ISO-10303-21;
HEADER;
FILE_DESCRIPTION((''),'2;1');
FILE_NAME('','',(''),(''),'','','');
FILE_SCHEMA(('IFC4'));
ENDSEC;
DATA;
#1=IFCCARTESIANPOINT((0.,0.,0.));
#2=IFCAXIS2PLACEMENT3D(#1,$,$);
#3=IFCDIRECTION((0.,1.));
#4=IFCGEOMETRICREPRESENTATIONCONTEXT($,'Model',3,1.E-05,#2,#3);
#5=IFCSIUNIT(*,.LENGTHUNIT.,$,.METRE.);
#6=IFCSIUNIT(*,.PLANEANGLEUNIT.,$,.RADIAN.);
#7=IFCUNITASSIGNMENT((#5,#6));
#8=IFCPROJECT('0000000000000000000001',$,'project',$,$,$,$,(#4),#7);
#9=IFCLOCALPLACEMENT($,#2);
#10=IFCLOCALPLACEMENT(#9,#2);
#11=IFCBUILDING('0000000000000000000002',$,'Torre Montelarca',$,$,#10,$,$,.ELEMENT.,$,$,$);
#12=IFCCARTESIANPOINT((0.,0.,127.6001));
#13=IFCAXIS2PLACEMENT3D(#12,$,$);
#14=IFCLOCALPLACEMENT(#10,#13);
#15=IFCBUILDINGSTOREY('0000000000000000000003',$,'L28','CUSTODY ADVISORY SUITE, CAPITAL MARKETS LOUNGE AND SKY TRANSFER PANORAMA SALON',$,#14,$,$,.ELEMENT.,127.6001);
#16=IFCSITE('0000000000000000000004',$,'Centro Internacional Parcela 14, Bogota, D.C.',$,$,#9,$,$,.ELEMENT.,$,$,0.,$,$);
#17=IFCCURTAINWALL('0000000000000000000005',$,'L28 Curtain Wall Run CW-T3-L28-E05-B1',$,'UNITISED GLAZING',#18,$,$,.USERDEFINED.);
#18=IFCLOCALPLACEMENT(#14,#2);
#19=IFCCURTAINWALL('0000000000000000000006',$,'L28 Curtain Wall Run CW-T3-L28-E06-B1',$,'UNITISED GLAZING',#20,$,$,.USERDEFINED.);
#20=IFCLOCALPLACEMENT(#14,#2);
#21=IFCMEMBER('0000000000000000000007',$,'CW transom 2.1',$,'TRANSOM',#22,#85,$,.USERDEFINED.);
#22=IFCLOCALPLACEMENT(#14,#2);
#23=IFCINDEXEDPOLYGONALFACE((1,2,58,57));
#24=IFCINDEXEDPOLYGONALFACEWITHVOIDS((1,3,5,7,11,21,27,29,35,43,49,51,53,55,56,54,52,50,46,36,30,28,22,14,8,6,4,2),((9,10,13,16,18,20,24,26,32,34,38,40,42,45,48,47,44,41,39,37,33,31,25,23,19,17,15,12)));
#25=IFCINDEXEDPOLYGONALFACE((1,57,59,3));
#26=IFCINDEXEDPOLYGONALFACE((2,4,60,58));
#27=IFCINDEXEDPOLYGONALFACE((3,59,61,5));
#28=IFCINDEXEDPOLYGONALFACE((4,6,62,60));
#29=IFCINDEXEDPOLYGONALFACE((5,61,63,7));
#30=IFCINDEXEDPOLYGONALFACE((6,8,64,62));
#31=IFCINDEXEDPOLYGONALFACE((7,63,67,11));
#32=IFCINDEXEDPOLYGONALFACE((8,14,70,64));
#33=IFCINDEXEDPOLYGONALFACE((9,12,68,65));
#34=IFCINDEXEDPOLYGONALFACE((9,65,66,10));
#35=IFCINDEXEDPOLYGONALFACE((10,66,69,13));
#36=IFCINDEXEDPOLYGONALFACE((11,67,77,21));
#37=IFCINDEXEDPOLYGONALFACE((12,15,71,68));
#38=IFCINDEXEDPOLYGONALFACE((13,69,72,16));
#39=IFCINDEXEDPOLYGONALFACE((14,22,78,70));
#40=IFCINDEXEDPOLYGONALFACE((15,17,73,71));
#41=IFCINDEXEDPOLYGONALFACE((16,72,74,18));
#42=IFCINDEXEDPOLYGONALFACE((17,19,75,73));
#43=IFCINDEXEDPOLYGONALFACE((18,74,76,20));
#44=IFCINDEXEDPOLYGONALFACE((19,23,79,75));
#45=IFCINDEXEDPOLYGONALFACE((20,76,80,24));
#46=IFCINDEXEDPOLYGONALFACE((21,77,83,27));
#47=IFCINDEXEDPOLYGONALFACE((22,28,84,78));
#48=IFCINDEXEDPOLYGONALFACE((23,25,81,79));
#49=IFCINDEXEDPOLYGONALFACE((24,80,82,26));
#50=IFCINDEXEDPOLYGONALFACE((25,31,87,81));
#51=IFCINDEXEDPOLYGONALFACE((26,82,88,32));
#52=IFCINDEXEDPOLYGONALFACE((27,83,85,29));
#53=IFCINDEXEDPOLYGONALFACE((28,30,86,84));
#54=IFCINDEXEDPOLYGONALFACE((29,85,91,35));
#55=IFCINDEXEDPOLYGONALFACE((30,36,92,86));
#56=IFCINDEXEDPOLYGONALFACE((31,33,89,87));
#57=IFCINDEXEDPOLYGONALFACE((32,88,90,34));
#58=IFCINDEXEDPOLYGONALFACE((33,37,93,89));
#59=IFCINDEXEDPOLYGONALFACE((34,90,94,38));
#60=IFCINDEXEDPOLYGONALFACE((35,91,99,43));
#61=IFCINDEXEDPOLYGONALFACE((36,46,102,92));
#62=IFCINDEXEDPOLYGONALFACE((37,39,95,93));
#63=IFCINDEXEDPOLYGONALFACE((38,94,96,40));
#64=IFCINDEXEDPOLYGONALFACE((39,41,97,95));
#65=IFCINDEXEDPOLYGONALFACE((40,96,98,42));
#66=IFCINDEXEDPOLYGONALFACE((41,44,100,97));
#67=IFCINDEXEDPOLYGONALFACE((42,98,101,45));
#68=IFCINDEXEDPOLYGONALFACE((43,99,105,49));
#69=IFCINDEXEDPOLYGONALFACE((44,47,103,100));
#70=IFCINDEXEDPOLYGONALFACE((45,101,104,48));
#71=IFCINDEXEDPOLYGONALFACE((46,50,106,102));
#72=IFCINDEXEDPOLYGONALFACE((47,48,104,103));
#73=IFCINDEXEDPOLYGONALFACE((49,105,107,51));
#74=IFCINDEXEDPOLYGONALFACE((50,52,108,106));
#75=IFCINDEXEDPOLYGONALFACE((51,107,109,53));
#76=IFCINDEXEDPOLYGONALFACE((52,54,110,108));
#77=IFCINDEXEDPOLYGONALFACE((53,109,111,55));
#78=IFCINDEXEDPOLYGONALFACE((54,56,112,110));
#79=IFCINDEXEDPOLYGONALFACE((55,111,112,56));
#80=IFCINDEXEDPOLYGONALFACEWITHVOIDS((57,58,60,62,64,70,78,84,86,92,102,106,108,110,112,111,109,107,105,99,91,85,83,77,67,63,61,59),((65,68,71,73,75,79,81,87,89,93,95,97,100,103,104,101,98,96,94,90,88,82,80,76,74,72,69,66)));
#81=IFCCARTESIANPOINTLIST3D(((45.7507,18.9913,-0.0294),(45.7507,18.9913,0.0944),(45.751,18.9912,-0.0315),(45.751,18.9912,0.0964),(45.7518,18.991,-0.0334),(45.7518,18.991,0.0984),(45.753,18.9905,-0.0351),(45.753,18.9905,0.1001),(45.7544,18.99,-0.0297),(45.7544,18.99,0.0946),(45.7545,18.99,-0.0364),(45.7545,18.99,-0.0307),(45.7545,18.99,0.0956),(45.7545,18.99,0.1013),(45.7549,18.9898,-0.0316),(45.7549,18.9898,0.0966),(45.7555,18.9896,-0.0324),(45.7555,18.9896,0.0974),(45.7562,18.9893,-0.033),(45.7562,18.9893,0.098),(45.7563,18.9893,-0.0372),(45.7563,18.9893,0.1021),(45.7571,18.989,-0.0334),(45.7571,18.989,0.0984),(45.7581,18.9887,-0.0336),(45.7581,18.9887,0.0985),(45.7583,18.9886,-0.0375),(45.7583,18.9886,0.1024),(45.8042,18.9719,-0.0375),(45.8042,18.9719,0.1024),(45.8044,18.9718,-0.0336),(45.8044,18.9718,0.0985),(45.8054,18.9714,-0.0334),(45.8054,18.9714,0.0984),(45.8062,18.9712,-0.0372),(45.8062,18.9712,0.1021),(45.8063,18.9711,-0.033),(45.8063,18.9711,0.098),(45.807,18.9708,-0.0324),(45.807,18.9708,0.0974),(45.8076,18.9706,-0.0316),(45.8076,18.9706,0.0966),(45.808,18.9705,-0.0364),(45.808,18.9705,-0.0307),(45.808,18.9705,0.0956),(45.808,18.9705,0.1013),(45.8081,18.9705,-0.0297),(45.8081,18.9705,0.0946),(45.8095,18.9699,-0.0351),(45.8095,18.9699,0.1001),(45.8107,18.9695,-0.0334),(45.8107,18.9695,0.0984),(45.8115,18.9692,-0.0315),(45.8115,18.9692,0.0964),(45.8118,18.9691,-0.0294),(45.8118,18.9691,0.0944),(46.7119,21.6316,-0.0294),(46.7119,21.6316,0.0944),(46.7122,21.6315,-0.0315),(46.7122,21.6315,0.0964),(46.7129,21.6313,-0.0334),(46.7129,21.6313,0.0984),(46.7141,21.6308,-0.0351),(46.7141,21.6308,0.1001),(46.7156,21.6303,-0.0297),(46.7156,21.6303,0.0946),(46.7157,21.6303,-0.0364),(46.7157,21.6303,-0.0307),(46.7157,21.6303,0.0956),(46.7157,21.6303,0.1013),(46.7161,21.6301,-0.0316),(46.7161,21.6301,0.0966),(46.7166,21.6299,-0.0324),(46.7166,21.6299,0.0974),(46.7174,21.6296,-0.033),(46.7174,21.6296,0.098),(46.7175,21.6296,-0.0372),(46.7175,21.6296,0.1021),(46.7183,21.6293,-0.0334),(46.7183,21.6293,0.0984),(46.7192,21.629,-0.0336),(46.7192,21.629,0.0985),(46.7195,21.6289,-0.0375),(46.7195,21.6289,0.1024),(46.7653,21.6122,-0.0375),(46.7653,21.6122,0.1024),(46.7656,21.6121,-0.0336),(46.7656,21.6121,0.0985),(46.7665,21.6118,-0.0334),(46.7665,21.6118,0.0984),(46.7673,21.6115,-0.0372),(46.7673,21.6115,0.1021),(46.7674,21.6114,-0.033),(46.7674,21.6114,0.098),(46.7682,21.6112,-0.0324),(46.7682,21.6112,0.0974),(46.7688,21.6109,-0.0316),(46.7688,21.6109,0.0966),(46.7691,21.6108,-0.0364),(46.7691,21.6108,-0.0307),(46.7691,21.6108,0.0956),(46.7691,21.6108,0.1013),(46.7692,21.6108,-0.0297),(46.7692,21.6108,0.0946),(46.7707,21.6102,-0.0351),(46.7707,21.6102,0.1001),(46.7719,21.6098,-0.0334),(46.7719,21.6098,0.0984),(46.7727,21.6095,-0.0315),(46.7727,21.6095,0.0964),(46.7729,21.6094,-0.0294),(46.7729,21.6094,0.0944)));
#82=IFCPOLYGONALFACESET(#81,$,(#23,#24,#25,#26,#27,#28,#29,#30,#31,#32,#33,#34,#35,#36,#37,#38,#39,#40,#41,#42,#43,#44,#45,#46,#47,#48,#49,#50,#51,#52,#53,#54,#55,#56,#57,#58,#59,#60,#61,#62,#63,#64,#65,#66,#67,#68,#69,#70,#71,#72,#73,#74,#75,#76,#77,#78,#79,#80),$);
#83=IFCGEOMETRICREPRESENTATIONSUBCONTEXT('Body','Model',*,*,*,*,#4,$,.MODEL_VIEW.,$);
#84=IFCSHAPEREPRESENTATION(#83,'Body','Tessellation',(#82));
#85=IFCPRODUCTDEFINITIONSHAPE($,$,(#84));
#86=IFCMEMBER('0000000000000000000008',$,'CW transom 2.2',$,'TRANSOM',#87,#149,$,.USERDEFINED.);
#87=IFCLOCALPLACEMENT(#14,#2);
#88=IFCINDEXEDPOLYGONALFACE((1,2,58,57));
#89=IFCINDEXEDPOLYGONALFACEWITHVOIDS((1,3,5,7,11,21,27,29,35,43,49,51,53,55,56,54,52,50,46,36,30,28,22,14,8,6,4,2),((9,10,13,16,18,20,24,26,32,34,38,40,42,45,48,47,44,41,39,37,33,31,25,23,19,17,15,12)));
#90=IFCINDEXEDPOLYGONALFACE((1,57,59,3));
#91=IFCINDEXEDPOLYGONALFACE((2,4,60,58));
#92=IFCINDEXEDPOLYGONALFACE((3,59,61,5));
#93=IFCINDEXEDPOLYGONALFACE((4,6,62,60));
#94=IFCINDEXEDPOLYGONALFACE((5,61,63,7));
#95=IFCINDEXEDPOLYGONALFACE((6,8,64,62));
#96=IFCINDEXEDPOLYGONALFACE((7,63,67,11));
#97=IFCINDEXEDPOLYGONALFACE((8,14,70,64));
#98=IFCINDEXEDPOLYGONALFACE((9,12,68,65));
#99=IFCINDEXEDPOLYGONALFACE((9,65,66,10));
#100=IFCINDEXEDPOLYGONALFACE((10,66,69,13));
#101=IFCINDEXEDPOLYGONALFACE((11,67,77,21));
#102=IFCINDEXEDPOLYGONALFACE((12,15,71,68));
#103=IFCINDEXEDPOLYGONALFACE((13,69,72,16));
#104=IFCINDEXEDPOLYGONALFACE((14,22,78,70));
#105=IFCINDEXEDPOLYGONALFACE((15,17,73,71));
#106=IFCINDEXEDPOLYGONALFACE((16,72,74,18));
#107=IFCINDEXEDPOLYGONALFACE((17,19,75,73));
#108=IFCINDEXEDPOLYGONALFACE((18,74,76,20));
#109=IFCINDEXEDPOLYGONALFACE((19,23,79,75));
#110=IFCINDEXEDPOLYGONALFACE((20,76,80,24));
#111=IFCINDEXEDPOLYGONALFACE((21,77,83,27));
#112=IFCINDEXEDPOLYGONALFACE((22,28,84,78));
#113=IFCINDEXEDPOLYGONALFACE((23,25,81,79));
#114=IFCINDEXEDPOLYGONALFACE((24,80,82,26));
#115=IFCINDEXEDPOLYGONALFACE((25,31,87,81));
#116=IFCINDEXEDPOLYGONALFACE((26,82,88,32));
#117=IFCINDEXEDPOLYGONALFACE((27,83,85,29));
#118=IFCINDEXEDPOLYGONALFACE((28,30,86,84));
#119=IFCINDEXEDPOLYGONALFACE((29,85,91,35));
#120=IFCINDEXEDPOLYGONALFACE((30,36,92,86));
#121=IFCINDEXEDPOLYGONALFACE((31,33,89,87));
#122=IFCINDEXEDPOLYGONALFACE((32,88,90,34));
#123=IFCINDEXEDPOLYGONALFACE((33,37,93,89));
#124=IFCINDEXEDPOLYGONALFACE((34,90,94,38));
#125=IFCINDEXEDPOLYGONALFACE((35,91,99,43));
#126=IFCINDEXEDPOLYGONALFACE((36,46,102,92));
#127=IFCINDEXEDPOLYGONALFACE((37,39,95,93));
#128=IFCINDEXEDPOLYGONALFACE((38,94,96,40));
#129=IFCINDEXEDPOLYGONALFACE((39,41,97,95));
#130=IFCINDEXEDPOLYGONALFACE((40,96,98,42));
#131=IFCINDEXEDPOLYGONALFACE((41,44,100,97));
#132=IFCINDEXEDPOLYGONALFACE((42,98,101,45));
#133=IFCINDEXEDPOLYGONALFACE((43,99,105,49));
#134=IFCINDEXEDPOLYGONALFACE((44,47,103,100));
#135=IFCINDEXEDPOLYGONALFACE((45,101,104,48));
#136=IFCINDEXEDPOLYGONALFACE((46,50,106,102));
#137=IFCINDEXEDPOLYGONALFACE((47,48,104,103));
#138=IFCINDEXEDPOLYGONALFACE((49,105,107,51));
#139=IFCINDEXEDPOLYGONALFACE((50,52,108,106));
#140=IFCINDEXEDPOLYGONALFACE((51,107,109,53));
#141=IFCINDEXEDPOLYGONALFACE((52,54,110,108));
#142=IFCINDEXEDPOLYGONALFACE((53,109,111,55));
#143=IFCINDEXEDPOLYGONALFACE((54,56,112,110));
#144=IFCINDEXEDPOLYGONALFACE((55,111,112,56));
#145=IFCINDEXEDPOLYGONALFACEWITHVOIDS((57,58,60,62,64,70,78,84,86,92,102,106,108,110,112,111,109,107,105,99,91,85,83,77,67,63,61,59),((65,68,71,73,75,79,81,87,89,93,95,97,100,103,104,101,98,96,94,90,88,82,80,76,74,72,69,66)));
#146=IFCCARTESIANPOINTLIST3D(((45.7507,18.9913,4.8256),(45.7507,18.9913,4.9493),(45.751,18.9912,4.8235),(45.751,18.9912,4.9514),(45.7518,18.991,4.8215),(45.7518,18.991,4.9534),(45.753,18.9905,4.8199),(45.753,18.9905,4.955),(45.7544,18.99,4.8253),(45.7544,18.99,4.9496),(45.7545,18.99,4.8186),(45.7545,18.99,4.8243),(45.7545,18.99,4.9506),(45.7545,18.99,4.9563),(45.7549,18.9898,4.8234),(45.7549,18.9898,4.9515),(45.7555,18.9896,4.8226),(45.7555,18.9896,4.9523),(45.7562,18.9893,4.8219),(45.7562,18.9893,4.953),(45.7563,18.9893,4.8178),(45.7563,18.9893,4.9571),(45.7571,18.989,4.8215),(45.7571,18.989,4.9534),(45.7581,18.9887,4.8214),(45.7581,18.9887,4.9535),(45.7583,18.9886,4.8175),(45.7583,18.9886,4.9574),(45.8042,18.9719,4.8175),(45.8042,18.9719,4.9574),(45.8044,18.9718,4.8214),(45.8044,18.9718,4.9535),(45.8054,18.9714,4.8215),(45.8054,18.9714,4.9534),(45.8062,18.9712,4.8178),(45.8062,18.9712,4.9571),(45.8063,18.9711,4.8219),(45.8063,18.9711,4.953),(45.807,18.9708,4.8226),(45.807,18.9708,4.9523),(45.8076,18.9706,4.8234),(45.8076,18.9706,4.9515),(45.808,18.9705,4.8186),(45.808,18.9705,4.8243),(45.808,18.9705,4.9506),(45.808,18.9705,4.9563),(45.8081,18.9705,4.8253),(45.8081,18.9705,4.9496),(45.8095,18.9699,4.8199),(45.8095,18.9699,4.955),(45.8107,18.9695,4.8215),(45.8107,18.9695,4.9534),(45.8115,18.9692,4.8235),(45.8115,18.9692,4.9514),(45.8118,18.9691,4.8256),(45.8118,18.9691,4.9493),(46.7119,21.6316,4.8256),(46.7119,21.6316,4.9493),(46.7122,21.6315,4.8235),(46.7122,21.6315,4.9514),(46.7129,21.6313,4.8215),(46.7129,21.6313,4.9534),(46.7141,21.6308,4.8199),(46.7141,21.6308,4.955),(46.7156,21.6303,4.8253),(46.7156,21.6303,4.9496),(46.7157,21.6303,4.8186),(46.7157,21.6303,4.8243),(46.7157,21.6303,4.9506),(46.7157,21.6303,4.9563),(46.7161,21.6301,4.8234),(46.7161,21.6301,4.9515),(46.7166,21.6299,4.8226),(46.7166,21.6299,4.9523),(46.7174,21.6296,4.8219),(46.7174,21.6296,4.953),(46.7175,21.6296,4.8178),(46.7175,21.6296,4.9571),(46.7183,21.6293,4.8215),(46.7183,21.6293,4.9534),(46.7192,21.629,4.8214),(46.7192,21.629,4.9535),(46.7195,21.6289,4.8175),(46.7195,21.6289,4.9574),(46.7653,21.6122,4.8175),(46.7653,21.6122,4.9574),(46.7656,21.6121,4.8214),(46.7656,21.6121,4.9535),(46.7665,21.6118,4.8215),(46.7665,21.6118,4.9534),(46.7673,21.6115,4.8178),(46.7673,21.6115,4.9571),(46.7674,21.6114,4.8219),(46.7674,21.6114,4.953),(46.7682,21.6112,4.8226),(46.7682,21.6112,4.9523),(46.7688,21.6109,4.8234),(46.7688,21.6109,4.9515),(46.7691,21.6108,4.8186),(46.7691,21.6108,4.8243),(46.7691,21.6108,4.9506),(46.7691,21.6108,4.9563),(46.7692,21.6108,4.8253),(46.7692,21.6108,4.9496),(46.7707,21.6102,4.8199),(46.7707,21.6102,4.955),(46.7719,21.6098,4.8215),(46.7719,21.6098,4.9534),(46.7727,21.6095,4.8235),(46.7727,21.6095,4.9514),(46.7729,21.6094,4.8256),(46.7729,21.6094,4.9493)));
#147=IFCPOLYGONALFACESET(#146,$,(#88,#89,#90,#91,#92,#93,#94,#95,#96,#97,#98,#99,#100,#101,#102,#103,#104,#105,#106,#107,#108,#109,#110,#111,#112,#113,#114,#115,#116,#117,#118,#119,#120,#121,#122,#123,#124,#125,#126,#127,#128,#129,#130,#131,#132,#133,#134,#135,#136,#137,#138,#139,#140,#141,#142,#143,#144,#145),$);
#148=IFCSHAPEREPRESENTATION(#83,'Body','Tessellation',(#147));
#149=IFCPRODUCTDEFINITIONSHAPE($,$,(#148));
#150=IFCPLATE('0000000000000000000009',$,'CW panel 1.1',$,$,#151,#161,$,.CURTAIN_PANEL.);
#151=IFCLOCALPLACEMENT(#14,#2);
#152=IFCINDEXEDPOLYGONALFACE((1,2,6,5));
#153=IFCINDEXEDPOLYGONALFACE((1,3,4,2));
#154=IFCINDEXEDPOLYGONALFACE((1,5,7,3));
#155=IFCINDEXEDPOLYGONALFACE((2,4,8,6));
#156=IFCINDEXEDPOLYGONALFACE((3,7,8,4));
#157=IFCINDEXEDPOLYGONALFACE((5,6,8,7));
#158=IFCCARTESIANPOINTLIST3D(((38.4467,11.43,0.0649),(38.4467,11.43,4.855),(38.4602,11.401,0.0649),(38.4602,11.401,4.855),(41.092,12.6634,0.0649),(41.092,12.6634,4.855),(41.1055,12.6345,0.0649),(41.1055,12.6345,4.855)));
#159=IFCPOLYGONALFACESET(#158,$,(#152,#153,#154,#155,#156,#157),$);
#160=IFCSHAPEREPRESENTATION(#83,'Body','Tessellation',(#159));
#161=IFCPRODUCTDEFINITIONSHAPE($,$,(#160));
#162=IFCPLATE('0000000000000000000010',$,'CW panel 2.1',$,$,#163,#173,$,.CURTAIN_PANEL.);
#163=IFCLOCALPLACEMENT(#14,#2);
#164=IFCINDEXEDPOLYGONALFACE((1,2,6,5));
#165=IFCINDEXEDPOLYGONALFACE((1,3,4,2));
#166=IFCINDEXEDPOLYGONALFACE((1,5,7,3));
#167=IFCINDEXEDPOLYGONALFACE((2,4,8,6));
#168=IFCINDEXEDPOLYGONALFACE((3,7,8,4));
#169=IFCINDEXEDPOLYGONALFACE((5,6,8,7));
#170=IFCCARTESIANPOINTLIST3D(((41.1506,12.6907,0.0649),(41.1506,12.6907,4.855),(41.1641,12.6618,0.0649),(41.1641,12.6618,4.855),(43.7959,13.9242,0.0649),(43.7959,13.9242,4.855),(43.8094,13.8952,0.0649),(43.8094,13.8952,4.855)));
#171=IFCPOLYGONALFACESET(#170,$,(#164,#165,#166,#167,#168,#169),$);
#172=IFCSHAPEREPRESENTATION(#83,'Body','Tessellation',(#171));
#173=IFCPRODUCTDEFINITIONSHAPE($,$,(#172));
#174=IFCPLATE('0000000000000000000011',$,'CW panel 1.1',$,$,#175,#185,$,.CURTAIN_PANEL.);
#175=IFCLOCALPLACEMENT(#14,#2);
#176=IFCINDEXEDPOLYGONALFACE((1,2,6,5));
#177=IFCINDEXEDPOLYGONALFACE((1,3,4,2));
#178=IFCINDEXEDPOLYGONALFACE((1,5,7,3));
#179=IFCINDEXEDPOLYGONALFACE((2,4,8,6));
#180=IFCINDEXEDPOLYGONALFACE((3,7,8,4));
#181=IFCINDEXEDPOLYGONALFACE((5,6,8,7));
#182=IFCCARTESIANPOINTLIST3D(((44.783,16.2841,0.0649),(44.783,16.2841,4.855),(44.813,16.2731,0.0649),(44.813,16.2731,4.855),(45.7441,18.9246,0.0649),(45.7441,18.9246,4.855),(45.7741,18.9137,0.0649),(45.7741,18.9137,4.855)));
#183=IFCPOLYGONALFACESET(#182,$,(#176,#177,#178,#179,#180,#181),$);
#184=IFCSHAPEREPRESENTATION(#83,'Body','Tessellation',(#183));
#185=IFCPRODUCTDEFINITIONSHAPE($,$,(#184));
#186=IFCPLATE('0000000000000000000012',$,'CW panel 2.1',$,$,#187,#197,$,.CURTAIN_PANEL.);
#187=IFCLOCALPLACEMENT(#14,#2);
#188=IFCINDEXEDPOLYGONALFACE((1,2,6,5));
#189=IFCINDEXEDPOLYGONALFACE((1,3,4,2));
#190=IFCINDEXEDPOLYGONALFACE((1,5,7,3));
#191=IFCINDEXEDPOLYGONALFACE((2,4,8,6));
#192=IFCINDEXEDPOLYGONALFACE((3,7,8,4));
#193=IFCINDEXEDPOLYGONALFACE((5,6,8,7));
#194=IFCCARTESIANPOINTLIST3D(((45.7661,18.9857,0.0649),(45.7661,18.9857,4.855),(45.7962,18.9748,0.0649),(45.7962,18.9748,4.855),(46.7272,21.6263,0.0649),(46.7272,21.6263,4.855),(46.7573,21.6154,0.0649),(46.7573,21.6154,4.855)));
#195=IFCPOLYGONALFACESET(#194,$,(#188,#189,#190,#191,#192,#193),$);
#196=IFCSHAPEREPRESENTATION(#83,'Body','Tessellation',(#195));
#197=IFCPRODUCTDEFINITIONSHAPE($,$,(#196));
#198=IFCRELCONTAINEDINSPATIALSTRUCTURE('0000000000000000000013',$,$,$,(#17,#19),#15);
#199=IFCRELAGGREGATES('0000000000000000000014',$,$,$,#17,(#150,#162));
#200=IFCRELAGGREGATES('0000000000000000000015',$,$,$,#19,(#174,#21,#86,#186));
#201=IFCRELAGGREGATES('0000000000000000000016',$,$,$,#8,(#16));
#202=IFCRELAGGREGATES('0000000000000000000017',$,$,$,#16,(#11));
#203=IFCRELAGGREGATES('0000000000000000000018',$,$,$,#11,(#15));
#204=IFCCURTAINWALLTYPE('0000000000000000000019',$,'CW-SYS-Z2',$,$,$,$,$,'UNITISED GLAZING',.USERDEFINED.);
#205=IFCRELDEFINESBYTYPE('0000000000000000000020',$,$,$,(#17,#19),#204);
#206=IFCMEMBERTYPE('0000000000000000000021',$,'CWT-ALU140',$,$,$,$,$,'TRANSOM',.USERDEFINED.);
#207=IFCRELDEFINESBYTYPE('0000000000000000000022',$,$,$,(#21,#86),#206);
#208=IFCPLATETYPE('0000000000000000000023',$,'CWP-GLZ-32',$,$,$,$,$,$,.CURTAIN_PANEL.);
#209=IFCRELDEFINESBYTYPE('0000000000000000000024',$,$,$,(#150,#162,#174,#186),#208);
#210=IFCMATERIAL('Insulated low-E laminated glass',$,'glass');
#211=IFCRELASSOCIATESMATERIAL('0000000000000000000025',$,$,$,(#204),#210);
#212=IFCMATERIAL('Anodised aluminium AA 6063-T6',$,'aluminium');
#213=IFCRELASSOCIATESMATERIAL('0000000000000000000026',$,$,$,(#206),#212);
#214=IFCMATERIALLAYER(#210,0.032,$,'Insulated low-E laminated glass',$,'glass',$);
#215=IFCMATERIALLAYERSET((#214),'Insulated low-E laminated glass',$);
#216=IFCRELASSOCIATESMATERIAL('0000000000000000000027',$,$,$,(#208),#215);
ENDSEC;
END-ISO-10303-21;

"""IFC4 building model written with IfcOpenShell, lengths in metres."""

from ifc_helpers import new_model, si_unit, direction, frame, origin, origin_2d, place, context, subcontext, project, spatial, rectangle, hollow_rectangle, extrude, source, transform, mapped, material, layer, layer_set, material_profile, profile_set, type_object, element, aggregate, save


model = new_model("IFC4")

# Units and contexts
model_context = context("Model", 3, precision=1e-05, world=origin(), true_north=direction((0.0, 1.0)))
body_context = subcontext(model_context, "Body", "Model", "MODEL_VIEW")
ifc_project = project(units=[si_unit("LENGTHUNIT", "METRE"), si_unit("PLANEANGLEUNIT", "RADIAN")], contexts=[model_context])

# Site, building, storey
site_placement = place(None, origin())
site = spatial("IfcSite", under=ifc_project, at=site_placement, Name="Centro Internacional Parcela 14, Bogota, D.C.", CompositionType="ELEMENT", RefElevation=0.0)
building_placement = place(site_placement, origin())
building = spatial("IfcBuilding", under=site, at=building_placement, Name="Torre Montelarca", CompositionType="ELEMENT")
storey_placement = place(building_placement, frame((0.0, 0.0, 127.6001)))
storey = spatial("IfcBuildingStorey", under=building, at=storey_placement, Name="L28", Description="CUSTODY ADVISORY SUITE, CAPITAL MARKETS LOUNGE AND SKY TRANSFER PANORAMA SALON", CompositionType="ELEMENT", Elevation=127.6001)

# Curtain wall
ifc_material_1 = material(Name="Insulated low-E laminated glass", Category="glass")
curtain_wall_type = type_object("IfcCurtainWallType", Name="CW-SYS-Z2", ElementType="UNITISED GLAZING", PredefinedType="USERDEFINED", material=ifc_material_1)
curtain_wall_1_placement = place(storey_placement, origin())
curtain_wall_1 = element("IfcCurtainWall", 1, at=curtain_wall_1_placement, inside=storey, type_object=curtain_wall_type, Name="L28 Curtain Wall Run CW-T3-L28-E05-B1", ObjectType="UNITISED GLAZING", PredefinedType="USERDEFINED")
ifc_material_2 = material(Name="Anodised aluminium AA 6063-T6", Category="aluminium")
ifc_material_profile_1 = material_profile(ifc_material_2, hollow_rectangle(XDim=0.0649, YDim=0.1399, WallThickness=0.0039, InnerFilletRadius=0.0039, OuterFilletRadius=0.0081, at=origin_2d()), Name="ALU65X140X4", Category="aluminium")
ifc_profile_set_1 = profile_set([ifc_material_profile_1], Name="Anodised aluminium AA 6063-T6")
member_type_1 = type_object("IfcMemberType", Name="CWT-ALU140", ElementType="TRANSOM", PredefinedType="USERDEFINED", material=ifc_profile_set_1)

# Curtain wall, members
curtain_wall_2_placement = place(storey_placement, origin())
curtain_wall_2 = element("IfcCurtainWall", 2, at=curtain_wall_2_placement, inside=storey, type_object=curtain_wall_type, Name="L28 Curtain Wall Run CW-T3-L28-E06-B1", ObjectType="UNITISED GLAZING", PredefinedType="USERDEFINED")
shared_shape_1 = source(origin(), body_context, "Body", "SweptSolid", [
    extrude(hollow_rectangle(XDim=0.0649, YDim=0.1399, WallThickness=0.0039, InnerFilletRadius=0.0039, OuterFilletRadius=0.0081, at=origin_2d()), origin(), (0.0, 0.0, 1.0), 2.8098),
])
member_1_placement = place(storey_placement, frame((45.7812, 18.9802, 0.0325), z_axis=(0.342071, 0.939674, 0.0), x_axis=(-0.939674, 0.342071, 0.0)))
member_1 = element("IfcMember", 3, at=member_1_placement, type_object=member_type_1, Name="CW transom 2.1", ObjectType="TRANSOM", PredefinedType="USERDEFINED", context=body_context, shape_type="MappedRepresentation", body=[
    mapped(shared_shape_1, transform((0.0, 0.0, 0.0), scale=1.0)),
])
member_2_placement = place(storey_placement, frame((45.7812, 18.9802, 4.8875), z_axis=(0.342071, 0.939674, 0.0), x_axis=(-0.939674, 0.342071, 0.0)))
member_2 = element("IfcMember", 4, at=member_2_placement, type_object=member_type_1, Name="CW transom 2.2", ObjectType="TRANSOM", PredefinedType="USERDEFINED", context=body_context, shape_type="MappedRepresentation", body=[
    mapped(shared_shape_1, transform((0.0, 0.0, 0.0), scale=1.0)),
])

# Plates
ifc_layer_1 = layer(ifc_material_1, 0.032, Name="Insulated low-E laminated glass", Category="glass")
ifc_layer_set_1 = layer_set([ifc_layer_1], Name="Insulated low-E laminated glass")
plate_type = type_object("IfcPlateType", Name="CWP-GLZ-32", PredefinedType="CURTAIN_PANEL", material=ifc_layer_set_1)
shared_shape_2 = source(origin(), body_context, "Body", "SweptSolid", [
    extrude(rectangle(XDim=2.9187, YDim=0.032, at=origin_2d()), origin(), (0.0, 0.0, 1.0), 4.79),
])
plate_1_placement = place(storey_placement, frame((39.7761, 12.0322, 0.0649), z_axis=(0.0, 0.0, 1.0), x_axis=(0.906317, 0.422598, 0.0)))
plate_1 = element("IfcPlate", 5, at=plate_1_placement, type_object=plate_type, Name="CW panel 1.1", PredefinedType="CURTAIN_PANEL", context=body_context, shape_type="MappedRepresentation", body=[
    mapped(shared_shape_2, transform((0.0, 0.0, 0.0), scale=1.0)),
])
plate_2_placement = place(storey_placement, frame((42.48, 13.293, 0.0649), z_axis=(0.0, 0.0, 1.0), x_axis=(0.906317, 0.422598, 0.0)))
plate_2 = element("IfcPlate", 6, at=plate_2_placement, type_object=plate_type, Name="CW panel 2.1", PredefinedType="CURTAIN_PANEL", context=body_context, shape_type="MappedRepresentation", body=[
    mapped(shared_shape_2, transform((0.0, 0.0, 0.0), scale=1.0)),
])
aggregate(curtain_wall_1, [plate_1, plate_2])
shared_shape_3 = source(origin(), body_context, "Body", "SweptSolid", [
    extrude(rectangle(XDim=2.8101, YDim=0.032, at=origin_2d()), origin(), (0.0, 0.0, 1.0), 4.79),
])
plate_3_placement = place(storey_placement, frame((45.2786, 17.5989, 0.0649), z_axis=(0.0, 0.0, 1.0), x_axis=(0.342023, 0.939691, 0.0)))
plate_3 = element("IfcPlate", 7, at=plate_3_placement, type_object=plate_type, Name="CW panel 1.1", PredefinedType="CURTAIN_PANEL", context=body_context, shape_type="MappedRepresentation", body=[
    mapped(shared_shape_3, transform((0.0, 0.0, 0.0), scale=1.0)),
])
plate_4_placement = place(storey_placement, frame((46.2617, 20.3005, 0.0649), z_axis=(0.0, 0.0, 1.0), x_axis=(0.342023, 0.939691, 0.0)))
plate_4 = element("IfcPlate", 8, at=plate_4_placement, type_object=plate_type, Name="CW panel 2.1", PredefinedType="CURTAIN_PANEL", context=body_context, shape_type="MappedRepresentation", body=[
    mapped(shared_shape_3, transform((0.0, 0.0, 0.0), scale=1.0)),
])
aggregate(curtain_wall_2, [plate_3, member_1, member_2, plate_4])

save(model, "model.ifc")
